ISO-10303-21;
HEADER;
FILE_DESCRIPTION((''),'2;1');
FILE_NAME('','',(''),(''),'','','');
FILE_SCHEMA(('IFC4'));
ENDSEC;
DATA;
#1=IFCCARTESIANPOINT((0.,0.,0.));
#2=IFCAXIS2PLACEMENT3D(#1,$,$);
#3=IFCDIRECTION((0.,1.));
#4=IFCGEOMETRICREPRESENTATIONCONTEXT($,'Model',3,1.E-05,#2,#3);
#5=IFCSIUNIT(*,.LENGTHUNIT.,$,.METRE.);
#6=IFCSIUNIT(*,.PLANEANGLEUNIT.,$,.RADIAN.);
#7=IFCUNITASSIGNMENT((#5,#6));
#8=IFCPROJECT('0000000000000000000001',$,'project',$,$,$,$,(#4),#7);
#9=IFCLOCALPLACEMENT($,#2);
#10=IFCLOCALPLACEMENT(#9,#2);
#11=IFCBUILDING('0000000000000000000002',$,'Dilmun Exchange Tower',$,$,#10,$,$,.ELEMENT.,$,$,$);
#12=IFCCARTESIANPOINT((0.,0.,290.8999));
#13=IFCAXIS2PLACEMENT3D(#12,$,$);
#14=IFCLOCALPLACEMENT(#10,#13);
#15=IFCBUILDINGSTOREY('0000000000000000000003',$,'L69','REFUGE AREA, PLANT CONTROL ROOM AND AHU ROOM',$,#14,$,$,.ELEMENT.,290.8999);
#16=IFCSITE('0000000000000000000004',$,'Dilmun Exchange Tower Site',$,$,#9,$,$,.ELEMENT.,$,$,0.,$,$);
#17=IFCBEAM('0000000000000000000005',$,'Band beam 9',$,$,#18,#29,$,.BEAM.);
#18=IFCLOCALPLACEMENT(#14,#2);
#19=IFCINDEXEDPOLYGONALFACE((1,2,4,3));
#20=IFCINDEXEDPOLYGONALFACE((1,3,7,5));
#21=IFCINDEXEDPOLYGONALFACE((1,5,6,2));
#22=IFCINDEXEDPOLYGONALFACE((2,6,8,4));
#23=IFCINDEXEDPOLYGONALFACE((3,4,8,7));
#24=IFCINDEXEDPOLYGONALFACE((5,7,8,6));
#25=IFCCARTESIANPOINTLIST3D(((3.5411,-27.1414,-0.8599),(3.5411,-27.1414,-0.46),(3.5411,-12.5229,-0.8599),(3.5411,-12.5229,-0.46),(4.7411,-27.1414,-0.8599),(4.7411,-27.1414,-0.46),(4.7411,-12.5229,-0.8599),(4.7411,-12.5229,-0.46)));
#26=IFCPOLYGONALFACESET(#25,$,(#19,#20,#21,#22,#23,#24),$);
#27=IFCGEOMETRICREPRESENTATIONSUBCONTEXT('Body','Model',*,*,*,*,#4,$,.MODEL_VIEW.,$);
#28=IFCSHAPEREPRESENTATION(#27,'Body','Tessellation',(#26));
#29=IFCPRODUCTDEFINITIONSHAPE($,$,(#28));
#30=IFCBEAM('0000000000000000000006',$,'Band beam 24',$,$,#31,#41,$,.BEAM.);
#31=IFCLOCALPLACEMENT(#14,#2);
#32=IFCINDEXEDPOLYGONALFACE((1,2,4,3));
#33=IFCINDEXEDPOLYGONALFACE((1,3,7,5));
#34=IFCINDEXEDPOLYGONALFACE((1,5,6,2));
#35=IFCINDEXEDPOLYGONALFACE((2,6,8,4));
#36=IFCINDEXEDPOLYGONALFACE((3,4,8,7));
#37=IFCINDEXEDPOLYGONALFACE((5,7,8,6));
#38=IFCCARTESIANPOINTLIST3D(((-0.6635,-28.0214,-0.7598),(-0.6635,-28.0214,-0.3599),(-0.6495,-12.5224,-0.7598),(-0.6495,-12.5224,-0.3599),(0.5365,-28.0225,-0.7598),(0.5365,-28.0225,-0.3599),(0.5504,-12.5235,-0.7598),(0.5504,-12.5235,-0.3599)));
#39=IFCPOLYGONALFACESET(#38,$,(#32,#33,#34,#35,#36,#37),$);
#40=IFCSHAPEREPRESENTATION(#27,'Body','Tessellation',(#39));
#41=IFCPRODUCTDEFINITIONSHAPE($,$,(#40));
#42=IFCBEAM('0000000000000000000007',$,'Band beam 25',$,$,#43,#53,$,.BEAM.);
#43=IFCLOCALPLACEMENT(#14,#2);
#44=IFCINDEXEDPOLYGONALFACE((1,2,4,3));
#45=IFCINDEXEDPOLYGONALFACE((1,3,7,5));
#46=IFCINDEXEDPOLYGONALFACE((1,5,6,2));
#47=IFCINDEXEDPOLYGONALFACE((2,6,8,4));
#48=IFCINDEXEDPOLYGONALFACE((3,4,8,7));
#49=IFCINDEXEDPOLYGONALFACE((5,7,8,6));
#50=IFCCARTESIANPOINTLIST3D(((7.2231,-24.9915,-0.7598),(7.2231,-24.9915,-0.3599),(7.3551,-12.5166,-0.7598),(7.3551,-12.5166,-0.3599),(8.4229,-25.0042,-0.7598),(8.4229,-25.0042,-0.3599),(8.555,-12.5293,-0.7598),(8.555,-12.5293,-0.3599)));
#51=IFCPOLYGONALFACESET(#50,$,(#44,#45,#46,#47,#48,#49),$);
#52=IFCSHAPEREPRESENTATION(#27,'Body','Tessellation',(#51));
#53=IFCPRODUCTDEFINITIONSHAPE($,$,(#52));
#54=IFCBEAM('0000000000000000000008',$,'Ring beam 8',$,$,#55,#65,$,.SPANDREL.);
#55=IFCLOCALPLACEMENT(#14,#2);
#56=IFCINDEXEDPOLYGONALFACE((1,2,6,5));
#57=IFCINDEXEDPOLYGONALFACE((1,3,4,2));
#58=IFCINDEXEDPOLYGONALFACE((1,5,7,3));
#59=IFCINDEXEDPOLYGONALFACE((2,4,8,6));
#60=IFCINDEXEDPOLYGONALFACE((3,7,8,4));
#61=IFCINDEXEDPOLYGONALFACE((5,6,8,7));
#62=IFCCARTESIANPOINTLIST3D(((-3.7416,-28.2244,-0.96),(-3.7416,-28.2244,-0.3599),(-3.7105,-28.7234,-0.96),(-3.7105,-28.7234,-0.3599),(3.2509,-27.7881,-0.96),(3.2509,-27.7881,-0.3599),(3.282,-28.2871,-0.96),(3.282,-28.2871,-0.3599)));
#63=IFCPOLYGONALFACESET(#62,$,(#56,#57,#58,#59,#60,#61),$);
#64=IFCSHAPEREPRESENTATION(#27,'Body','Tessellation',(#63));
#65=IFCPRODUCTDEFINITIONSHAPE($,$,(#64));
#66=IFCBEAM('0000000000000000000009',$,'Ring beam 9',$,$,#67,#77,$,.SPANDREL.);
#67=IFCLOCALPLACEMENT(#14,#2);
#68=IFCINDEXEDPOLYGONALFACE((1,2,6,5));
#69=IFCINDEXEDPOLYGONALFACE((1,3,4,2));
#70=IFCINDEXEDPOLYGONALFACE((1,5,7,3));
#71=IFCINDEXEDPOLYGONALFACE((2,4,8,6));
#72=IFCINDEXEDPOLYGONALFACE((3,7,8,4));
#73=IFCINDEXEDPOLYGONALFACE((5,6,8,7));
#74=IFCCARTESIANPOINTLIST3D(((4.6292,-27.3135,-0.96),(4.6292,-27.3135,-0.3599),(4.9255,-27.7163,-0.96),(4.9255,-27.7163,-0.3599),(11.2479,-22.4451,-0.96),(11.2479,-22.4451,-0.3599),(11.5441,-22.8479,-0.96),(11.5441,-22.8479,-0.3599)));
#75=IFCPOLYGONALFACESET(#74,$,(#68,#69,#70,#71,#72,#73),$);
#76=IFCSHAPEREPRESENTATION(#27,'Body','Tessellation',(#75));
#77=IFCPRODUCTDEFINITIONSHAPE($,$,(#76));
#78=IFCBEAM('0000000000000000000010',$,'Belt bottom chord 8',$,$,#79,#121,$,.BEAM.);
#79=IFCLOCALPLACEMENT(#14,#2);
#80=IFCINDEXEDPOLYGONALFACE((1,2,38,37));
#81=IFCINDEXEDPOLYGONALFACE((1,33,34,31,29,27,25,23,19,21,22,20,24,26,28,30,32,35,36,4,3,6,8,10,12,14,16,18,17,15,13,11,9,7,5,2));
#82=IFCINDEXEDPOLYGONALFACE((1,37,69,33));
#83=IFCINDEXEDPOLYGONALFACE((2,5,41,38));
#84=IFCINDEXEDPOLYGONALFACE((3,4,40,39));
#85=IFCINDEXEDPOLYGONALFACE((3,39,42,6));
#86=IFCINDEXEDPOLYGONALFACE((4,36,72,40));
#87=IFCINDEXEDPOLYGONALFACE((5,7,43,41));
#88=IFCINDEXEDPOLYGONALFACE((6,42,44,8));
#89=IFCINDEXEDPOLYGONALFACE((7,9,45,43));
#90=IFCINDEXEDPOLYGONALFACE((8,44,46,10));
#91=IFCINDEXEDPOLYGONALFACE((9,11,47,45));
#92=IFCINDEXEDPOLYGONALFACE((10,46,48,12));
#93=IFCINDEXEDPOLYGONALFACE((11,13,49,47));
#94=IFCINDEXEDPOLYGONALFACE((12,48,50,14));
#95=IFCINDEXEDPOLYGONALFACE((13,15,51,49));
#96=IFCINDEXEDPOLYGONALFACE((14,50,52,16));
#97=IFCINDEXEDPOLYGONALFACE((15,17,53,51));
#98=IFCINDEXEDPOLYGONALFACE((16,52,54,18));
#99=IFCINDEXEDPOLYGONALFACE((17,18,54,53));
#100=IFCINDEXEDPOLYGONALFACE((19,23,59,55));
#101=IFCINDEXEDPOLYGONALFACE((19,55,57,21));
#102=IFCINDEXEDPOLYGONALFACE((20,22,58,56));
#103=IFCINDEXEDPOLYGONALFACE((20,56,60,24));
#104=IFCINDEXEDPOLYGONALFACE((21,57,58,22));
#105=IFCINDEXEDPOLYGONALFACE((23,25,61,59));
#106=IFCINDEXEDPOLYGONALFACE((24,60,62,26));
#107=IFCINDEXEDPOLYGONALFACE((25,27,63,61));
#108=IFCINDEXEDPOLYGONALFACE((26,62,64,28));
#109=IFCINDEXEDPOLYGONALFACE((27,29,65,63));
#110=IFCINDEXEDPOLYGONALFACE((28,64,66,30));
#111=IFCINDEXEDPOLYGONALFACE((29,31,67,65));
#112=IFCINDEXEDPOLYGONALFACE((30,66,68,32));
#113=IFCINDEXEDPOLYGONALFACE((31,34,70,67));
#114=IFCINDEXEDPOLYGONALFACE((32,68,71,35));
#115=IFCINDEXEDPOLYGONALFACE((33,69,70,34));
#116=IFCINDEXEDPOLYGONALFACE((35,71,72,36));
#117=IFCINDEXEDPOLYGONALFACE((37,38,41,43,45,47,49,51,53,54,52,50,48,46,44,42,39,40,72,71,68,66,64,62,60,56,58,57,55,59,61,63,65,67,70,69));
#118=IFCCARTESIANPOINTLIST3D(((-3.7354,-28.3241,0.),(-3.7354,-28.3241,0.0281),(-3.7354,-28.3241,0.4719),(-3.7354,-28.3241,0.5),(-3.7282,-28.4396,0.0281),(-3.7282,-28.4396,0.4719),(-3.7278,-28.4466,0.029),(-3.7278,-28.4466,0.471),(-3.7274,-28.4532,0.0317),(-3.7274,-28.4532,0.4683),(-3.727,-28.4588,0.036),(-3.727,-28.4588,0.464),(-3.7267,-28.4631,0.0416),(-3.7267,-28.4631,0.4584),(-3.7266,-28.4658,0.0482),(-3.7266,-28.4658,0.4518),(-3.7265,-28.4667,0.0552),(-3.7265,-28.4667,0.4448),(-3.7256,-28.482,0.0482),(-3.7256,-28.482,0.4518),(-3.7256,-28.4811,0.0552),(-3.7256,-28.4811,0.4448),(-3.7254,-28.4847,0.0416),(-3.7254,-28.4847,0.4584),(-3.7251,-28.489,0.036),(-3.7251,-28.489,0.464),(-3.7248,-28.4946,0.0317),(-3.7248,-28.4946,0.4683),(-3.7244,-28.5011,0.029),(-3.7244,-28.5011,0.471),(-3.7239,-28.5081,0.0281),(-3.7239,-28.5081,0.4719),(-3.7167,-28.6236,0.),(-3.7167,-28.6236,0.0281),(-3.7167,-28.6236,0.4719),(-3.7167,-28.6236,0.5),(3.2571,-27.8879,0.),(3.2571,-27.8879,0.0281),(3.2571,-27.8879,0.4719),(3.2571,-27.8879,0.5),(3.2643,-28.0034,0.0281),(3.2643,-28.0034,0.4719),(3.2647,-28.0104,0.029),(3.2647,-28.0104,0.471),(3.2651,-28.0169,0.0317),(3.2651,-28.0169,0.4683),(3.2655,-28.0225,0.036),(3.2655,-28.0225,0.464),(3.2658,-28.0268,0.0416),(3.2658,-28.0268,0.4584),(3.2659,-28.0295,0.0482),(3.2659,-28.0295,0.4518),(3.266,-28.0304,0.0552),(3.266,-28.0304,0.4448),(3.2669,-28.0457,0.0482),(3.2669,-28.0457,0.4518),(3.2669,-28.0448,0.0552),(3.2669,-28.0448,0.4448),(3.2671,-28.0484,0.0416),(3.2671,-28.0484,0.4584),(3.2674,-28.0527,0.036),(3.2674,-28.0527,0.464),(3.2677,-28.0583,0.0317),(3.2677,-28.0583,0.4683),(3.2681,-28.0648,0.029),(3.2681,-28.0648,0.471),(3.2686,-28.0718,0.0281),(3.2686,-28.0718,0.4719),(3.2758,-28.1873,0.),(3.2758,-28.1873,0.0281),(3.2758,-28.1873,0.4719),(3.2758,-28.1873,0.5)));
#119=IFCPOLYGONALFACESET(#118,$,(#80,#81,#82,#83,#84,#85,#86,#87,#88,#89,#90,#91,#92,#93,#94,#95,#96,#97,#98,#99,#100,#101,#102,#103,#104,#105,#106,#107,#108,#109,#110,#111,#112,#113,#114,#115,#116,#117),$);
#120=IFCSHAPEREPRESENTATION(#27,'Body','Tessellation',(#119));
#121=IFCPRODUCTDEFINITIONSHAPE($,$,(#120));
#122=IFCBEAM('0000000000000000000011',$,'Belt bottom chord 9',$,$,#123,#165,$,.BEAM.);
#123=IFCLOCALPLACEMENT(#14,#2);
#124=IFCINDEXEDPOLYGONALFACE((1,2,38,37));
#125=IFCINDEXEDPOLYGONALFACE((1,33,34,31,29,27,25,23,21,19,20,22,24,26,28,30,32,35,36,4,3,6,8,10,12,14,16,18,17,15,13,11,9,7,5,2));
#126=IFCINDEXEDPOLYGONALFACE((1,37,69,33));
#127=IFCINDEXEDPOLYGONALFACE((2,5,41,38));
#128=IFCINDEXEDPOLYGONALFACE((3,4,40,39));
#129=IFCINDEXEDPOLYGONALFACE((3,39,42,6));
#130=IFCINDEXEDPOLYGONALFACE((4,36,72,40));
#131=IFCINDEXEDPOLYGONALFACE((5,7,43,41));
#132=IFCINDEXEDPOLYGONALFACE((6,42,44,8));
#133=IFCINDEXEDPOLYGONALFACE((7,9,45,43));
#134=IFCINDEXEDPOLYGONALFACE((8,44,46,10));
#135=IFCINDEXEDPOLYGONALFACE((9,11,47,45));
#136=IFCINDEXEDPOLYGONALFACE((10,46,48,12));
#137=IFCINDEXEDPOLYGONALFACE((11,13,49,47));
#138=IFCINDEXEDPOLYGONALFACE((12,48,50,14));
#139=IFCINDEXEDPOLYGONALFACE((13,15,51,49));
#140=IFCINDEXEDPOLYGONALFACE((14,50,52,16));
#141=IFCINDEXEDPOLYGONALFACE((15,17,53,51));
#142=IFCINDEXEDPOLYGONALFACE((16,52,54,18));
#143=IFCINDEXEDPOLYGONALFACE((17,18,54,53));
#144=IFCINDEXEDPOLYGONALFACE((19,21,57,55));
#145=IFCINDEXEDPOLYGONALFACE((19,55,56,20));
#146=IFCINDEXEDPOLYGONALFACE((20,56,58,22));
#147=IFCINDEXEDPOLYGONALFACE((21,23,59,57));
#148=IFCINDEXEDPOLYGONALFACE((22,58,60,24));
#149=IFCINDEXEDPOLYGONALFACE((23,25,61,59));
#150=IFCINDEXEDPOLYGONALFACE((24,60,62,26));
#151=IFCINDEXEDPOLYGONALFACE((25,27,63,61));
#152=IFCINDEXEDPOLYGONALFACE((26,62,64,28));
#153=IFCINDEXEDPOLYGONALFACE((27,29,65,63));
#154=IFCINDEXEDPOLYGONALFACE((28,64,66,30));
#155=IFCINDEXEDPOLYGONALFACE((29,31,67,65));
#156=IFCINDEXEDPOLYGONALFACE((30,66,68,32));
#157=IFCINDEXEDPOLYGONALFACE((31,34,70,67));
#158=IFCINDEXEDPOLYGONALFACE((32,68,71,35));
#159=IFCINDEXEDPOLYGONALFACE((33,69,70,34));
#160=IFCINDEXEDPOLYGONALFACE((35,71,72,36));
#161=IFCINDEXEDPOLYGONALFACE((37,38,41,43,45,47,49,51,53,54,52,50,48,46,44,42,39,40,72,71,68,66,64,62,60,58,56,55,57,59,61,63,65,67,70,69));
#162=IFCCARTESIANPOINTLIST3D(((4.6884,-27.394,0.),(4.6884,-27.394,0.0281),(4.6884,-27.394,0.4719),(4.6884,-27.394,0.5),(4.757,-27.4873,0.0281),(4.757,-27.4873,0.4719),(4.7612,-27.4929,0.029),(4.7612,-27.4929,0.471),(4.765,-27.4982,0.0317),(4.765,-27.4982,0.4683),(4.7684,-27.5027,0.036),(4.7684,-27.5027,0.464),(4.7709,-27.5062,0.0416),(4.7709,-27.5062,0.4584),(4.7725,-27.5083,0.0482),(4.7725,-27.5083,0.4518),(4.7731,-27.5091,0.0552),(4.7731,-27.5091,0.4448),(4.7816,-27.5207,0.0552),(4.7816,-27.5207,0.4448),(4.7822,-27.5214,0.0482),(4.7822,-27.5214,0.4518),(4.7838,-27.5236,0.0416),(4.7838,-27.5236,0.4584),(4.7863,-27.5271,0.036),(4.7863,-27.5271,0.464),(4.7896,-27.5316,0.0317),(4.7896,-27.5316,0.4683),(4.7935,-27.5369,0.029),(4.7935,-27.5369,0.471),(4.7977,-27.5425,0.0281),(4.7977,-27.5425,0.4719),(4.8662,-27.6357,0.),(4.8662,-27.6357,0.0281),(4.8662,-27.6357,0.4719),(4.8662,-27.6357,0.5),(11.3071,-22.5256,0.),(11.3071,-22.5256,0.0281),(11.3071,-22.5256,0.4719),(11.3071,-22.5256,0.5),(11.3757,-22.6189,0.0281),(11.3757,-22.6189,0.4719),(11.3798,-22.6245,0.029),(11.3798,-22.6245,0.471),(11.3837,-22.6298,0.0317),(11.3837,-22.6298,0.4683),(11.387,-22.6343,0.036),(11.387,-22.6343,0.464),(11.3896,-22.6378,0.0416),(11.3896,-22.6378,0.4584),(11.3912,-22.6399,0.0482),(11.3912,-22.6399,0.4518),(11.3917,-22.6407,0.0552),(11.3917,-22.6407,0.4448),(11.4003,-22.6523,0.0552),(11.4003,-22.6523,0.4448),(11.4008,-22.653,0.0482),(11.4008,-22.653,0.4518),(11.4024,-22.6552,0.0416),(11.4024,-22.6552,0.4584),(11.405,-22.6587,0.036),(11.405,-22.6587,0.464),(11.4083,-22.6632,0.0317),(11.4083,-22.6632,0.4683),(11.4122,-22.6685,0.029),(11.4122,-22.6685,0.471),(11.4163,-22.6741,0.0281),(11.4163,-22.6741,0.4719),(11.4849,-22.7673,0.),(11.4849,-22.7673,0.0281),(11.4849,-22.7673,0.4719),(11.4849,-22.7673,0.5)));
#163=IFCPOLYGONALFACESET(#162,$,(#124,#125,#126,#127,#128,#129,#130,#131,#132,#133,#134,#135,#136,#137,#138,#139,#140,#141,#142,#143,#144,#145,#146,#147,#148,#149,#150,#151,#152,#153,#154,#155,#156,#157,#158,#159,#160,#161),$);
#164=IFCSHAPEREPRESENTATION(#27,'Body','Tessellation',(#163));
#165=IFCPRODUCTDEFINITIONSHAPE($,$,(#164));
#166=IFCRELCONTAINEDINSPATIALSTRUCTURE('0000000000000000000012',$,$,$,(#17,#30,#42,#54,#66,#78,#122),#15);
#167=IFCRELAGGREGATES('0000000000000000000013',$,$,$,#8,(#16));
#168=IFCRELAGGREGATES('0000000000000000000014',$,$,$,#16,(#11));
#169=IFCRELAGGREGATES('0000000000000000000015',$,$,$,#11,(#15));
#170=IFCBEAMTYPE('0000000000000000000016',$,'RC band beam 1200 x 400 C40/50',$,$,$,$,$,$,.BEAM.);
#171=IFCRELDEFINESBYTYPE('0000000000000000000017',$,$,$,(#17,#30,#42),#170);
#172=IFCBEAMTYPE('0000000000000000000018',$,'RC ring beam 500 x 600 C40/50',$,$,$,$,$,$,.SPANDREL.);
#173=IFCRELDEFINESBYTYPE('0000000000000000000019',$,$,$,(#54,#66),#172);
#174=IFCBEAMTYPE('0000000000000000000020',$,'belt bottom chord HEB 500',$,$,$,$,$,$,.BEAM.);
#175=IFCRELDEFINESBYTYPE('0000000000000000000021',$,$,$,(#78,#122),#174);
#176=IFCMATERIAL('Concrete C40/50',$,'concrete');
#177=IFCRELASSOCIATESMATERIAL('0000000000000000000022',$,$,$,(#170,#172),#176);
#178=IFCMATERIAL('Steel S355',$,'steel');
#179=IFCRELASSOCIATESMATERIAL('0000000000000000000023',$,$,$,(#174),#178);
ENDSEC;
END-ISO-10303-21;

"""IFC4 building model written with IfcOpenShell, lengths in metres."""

from ifc_helpers import new_model, si_unit, direction, frame, origin, origin_2d, place, context, subcontext, project, spatial, rectangle, i_section, extrude, material, material_profile, profile_set, type_object, element, save


model = new_model("IFC4")

# Units and contexts
model_context = context("Model", 3, precision=1e-05, world=origin(), true_north=direction((0.0, 1.0)))
body_context = subcontext(model_context, "Body", "Model", "MODEL_VIEW")
ifc_project = project(units=[si_unit("LENGTHUNIT", "METRE"), si_unit("PLANEANGLEUNIT", "RADIAN")], contexts=[model_context])

# Site, building, storey
site_placement = place(None, origin())
site = spatial("IfcSite", under=ifc_project, at=site_placement, Name="Dilmun Exchange Tower Site", CompositionType="ELEMENT", RefElevation=0.0)
building_placement = place(site_placement, origin())
building = spatial("IfcBuilding", under=site, at=building_placement, Name="Dilmun Exchange Tower", CompositionType="ELEMENT")
storey_placement = place(building_placement, frame((0.0, 0.0, 290.8999)))
storey = spatial("IfcBuildingStorey", under=building, at=storey_placement, Name="L69", Description="REFUGE AREA, PLANT CONTROL ROOM AND AHU ROOM", CompositionType="ELEMENT", Elevation=290.8999)

# Beams
ifc_material_1 = material(Name="Concrete C40/50", Category="concrete")
ifc_material_profile_1 = material_profile(ifc_material_1, rectangle(XDim=1.2, YDim=0.3999, at=origin_2d()), Name="1200 x 400")
ifc_profile_set_1 = profile_set([ifc_material_profile_1], Name="Concrete C40/50")
beam_type_1 = type_object("IfcBeamType", Name="RC band beam 1200 x 400 C40/50", PredefinedType="BEAM", material=ifc_profile_set_1)
beam_1_placement = place(storey_placement, frame((4.1411, -27.1414, -0.6599), z_axis=(0.0, 1.0, 0.0), x_axis=(-1.0, 0.0, 0.0)))
element("IfcBeam", 1, at=beam_1_placement, inside=storey, type_object=beam_type_1, Name="Band beam 9", PredefinedType="BEAM", context=body_context, shape_type="SweptSolid", body=[
    extrude(rectangle(XDim=1.2, YDim=0.3999, at=origin_2d()), origin(), (0.0, 0.0, 1.0), 14.6184),
])
beam_2_placement = place(storey_placement, frame((-0.0635, -28.022, -0.5598), z_axis=(0.000898, 1.0, 0.0), x_axis=(-1.0, 0.000898, 0.0)))
element("IfcBeam", 2, at=beam_2_placement, inside=storey, type_object=beam_type_1, Name="Band beam 24", PredefinedType="BEAM", context=body_context, shape_type="SweptSolid", body=[
    extrude(rectangle(XDim=1.2, YDim=0.3999, at=origin_2d()), origin(), (0.0, 0.0, 1.0), 15.499),
])
beam_3_placement = place(storey_placement, frame((7.823, -24.9978, -0.5598), z_axis=(0.010587, 0.999944, 0.0), x_axis=(-0.999944, 0.010587, 0.0)))
element("IfcBeam", 3, at=beam_3_placement, inside=storey, type_object=beam_type_1, Name="Band beam 25", PredefinedType="BEAM", context=body_context, shape_type="SweptSolid", body=[
    extrude(rectangle(XDim=1.2, YDim=0.3999, at=origin_2d()), origin(), (0.0, 0.0, 1.0), 12.4756),
])
ifc_material_profile_2 = material_profile(ifc_material_1, rectangle(XDim=0.5, YDim=0.6001, at=origin_2d()), Name="500 x 600")
ifc_profile_set_2 = profile_set([ifc_material_profile_2], Name="Concrete C40/50")
beam_type_2 = type_object("IfcBeamType", Name="RC ring beam 500 x 600 C40/50", PredefinedType="SPANDREL", material=ifc_profile_set_2)
beam_4_placement = place(storey_placement, frame((-3.7261, -28.4739, -0.6599), z_axis=(0.998059, 0.062272, 0.0), x_axis=(-0.062272, 0.998059, 0.0)))
element("IfcBeam", 4, at=beam_4_placement, inside=storey, type_object=beam_type_2, Name="Ring beam 8", PredefinedType="SPANDREL", context=body_context, shape_type="SweptSolid", body=[
    extrude(rectangle(XDim=0.5, YDim=0.6001, at=origin_2d()), origin(), (0.0, 0.0, 1.0), 7.0061),
])
beam_5_placement = place(storey_placement, frame((4.7773, -27.5149, -0.6599), z_axis=(0.805549, 0.592529, 0.0), x_axis=(-0.592529, 0.805549, 0.0)))
element("IfcBeam", 5, at=beam_5_placement, inside=storey, type_object=beam_type_2, Name="Ring beam 9", PredefinedType="SPANDREL", context=body_context, shape_type="SweptSolid", body=[
    extrude(rectangle(XDim=0.5, YDim=0.6001, at=origin_2d()), origin(), (0.0, 0.0, 1.0), 8.2163),
])
ifc_material_2 = material(Name="Steel S355", Category="steel")
ifc_material_profile_3 = material_profile(ifc_material_2, i_section(OverallWidth=0.3, OverallDepth=0.5, WebThickness=0.0144, FlangeThickness=0.0281, FilletRadius=0.0271, at=origin_2d()), Name="HEB 500")
ifc_profile_set_3 = profile_set([ifc_material_profile_3], Name="Steel S355")
beam_type_3 = type_object("IfcBeamType", Name="belt bottom chord HEB 500", PredefinedType="BEAM", material=ifc_profile_set_3)
beam_6_placement = place(storey_placement, frame((-3.7261, -28.4739, 0.25), z_axis=(0.998059, 0.062272, 0.0), x_axis=(-0.062272, 0.998059, 0.0)))
element("IfcBeam", 6, at=beam_6_placement, inside=storey, type_object=beam_type_3, Name="Belt bottom chord 8", PredefinedType="BEAM", context=body_context, shape_type="SweptSolid", body=[
    extrude(i_section(OverallWidth=0.3, OverallDepth=0.5, WebThickness=0.0144, FlangeThickness=0.0281, FilletRadius=0.0271, at=origin_2d()), origin(), (0.0, 0.0, 1.0), 7.0061),
])
beam_7_placement = place(storey_placement, frame((4.7773, -27.5149, 0.25), z_axis=(0.805549, 0.592529, 0.0), x_axis=(-0.592529, 0.805549, 0.0)))
element("IfcBeam", 7, at=beam_7_placement, inside=storey, type_object=beam_type_3, Name="Belt bottom chord 9", PredefinedType="BEAM", context=body_context, shape_type="SweptSolid", body=[
    extrude(i_section(OverallWidth=0.3, OverallDepth=0.5, WebThickness=0.0144, FlangeThickness=0.0281, FilletRadius=0.0271, at=origin_2d()), origin(), (0.0, 0.0, 1.0), 8.2163),
])

save(model, "model.ifc")
